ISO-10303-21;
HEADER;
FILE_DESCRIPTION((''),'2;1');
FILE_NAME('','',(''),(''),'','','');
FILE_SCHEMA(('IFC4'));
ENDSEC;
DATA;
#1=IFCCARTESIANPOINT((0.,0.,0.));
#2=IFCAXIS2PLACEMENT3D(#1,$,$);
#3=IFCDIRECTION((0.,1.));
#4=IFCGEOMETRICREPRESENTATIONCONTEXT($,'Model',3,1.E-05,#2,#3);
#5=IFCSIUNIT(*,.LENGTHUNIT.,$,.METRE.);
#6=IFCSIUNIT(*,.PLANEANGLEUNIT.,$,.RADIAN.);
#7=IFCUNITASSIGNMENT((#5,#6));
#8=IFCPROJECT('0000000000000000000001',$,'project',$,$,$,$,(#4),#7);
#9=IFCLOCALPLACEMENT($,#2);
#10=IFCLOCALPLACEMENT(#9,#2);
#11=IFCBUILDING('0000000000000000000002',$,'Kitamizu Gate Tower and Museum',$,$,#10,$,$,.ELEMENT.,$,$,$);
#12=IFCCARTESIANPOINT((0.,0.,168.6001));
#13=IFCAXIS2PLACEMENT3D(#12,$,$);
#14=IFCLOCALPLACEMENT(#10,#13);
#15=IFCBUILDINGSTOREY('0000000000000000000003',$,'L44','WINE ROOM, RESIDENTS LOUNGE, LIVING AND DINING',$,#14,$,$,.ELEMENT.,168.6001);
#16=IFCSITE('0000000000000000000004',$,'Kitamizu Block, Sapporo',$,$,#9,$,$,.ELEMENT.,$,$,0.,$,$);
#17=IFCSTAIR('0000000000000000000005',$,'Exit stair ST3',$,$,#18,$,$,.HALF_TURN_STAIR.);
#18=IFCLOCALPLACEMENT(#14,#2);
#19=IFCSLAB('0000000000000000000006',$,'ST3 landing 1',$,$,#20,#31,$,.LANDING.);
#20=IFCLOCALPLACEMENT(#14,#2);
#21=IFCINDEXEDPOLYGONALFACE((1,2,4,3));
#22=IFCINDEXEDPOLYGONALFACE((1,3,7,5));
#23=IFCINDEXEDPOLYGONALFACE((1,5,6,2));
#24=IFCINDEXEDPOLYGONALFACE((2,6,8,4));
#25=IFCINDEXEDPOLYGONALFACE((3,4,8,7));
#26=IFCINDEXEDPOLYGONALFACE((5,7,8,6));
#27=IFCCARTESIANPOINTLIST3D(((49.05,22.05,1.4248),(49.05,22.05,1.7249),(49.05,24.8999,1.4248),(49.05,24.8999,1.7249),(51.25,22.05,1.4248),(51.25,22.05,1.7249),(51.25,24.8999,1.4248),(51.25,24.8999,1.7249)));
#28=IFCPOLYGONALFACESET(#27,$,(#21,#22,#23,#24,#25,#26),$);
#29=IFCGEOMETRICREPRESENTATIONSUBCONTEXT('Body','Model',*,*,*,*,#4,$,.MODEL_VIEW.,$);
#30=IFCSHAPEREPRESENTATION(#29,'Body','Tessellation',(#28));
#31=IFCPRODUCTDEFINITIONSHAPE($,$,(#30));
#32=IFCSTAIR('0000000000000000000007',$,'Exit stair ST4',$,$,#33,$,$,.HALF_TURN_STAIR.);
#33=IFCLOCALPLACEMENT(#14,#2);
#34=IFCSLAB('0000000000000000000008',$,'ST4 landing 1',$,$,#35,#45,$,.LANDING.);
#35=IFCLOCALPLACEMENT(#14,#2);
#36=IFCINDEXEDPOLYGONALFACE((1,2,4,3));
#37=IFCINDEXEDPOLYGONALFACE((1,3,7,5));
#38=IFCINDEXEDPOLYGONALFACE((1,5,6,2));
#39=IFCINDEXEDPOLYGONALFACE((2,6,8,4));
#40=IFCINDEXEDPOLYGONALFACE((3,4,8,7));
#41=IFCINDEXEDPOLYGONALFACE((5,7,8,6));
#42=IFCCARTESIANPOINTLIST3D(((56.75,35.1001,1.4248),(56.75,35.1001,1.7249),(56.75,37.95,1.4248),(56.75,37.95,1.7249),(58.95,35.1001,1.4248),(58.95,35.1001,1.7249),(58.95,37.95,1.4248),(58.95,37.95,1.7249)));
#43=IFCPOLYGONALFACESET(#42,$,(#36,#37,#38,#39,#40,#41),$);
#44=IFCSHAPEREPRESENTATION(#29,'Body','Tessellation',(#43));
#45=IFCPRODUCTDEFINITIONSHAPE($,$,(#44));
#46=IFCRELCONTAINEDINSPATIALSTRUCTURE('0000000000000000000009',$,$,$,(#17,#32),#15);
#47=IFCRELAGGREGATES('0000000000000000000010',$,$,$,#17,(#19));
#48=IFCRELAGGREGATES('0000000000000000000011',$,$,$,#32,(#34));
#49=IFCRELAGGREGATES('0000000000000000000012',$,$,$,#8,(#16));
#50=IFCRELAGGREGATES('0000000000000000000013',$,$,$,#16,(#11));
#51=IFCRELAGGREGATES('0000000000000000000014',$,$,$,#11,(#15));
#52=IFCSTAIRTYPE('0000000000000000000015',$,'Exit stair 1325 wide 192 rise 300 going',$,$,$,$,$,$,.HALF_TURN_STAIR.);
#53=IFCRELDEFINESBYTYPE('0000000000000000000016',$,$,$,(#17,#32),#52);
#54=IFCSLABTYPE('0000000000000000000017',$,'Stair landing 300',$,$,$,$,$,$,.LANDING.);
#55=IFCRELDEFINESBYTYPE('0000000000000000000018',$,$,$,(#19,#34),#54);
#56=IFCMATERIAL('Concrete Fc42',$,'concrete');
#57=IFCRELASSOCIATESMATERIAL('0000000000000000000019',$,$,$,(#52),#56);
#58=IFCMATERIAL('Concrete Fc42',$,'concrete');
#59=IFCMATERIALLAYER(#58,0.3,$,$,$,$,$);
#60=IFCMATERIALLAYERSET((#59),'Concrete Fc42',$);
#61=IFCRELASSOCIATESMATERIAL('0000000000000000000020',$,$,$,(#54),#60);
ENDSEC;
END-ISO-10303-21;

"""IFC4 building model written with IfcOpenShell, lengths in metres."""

from ifc_helpers import new_model, si_unit, direction, frame, origin, place, context, subcontext, project, spatial, polyline, outline, extrude, material, layer, layer_set, type_object, element, aggregate, save


model = new_model("IFC4")

# Units and contexts
model_context = context("Model", 3, precision=1e-05, world=origin(), true_north=direction((0.0, 1.0)))
body_context = subcontext(model_context, "Body", "Model", "MODEL_VIEW")
ifc_project = project(units=[si_unit("LENGTHUNIT", "METRE"), si_unit("PLANEANGLEUNIT", "RADIAN")], contexts=[model_context])

# Site, building, storey
site_placement = place(None, origin())
site = spatial("IfcSite", under=ifc_project, at=site_placement, Name="Kitamizu Block, Sapporo", CompositionType="ELEMENT", RefElevation=0.0)
building_placement = place(site_placement, origin())
building = spatial("IfcBuilding", under=site, at=building_placement, Name="Kitamizu Gate Tower and Museum", CompositionType="ELEMENT")
storey_placement = place(building_placement, frame((0.0, 0.0, 168.6001)))
storey = spatial("IfcBuildingStorey", under=building, at=storey_placement, Name="L44", Description="WINE ROOM, RESIDENTS LOUNGE, LIVING AND DINING", CompositionType="ELEMENT", Elevation=168.6001)

# Stairs, slabs
ifc_material_1 = material(Name="Concrete Fc42", Category="concrete")
stair_type = type_object("IfcStairType", Name="Exit stair 1325 wide 192 rise 300 going", PredefinedType="HALF_TURN_STAIR", material=ifc_material_1)
stair_1_placement = place(storey_placement, origin())
stair_1 = element("IfcStair", 1, at=stair_1_placement, inside=storey, type_object=stair_type, Name="Exit stair ST3", PredefinedType="HALF_TURN_STAIR")
ifc_material_2 = material(Name="Concrete Fc42", Category="concrete")
ifc_layer_1 = layer(ifc_material_2, 0.3)
ifc_layer_set_1 = layer_set([ifc_layer_1], Name="Concrete Fc42")
slab_type = type_object("IfcSlabType", Name="Stair landing 300", PredefinedType="LANDING", material=ifc_layer_set_1)
slab_1_placement = place(storey_placement, frame((0.0, 0.0, 1.4248)))
slab_1 = element("IfcSlab", 2, at=slab_1_placement, type_object=slab_type, Name="ST3 landing 1", PredefinedType="LANDING", context=body_context, shape_type="SweptSolid", body=[
    extrude(outline(polyline([(49.05, 22.05), (51.25, 22.05), (51.25, 24.8999), (49.05, 24.8999), (49.05, 22.05)])), origin(), (0.0, 0.0, 1.0), 0.3),
])
aggregate(stair_1, [slab_1])
stair_2_placement = place(storey_placement, origin())
stair_2 = element("IfcStair", 3, at=stair_2_placement, inside=storey, type_object=stair_type, Name="Exit stair ST4", PredefinedType="HALF_TURN_STAIR")
slab_2_placement = place(storey_placement, frame((0.0, 0.0, 1.4248)))
slab_2 = element("IfcSlab", 4, at=slab_2_placement, type_object=slab_type, Name="ST4 landing 1", PredefinedType="LANDING", context=body_context, shape_type="SweptSolid", body=[
    extrude(outline(polyline([(56.75, 35.1001), (58.95, 35.1001), (58.95, 37.95), (56.75, 37.95), (56.75, 35.1001)])), origin(), (0.0, 0.0, 1.0), 0.3),
])
aggregate(stair_2, [slab_2])

save(model, "model.ifc")
